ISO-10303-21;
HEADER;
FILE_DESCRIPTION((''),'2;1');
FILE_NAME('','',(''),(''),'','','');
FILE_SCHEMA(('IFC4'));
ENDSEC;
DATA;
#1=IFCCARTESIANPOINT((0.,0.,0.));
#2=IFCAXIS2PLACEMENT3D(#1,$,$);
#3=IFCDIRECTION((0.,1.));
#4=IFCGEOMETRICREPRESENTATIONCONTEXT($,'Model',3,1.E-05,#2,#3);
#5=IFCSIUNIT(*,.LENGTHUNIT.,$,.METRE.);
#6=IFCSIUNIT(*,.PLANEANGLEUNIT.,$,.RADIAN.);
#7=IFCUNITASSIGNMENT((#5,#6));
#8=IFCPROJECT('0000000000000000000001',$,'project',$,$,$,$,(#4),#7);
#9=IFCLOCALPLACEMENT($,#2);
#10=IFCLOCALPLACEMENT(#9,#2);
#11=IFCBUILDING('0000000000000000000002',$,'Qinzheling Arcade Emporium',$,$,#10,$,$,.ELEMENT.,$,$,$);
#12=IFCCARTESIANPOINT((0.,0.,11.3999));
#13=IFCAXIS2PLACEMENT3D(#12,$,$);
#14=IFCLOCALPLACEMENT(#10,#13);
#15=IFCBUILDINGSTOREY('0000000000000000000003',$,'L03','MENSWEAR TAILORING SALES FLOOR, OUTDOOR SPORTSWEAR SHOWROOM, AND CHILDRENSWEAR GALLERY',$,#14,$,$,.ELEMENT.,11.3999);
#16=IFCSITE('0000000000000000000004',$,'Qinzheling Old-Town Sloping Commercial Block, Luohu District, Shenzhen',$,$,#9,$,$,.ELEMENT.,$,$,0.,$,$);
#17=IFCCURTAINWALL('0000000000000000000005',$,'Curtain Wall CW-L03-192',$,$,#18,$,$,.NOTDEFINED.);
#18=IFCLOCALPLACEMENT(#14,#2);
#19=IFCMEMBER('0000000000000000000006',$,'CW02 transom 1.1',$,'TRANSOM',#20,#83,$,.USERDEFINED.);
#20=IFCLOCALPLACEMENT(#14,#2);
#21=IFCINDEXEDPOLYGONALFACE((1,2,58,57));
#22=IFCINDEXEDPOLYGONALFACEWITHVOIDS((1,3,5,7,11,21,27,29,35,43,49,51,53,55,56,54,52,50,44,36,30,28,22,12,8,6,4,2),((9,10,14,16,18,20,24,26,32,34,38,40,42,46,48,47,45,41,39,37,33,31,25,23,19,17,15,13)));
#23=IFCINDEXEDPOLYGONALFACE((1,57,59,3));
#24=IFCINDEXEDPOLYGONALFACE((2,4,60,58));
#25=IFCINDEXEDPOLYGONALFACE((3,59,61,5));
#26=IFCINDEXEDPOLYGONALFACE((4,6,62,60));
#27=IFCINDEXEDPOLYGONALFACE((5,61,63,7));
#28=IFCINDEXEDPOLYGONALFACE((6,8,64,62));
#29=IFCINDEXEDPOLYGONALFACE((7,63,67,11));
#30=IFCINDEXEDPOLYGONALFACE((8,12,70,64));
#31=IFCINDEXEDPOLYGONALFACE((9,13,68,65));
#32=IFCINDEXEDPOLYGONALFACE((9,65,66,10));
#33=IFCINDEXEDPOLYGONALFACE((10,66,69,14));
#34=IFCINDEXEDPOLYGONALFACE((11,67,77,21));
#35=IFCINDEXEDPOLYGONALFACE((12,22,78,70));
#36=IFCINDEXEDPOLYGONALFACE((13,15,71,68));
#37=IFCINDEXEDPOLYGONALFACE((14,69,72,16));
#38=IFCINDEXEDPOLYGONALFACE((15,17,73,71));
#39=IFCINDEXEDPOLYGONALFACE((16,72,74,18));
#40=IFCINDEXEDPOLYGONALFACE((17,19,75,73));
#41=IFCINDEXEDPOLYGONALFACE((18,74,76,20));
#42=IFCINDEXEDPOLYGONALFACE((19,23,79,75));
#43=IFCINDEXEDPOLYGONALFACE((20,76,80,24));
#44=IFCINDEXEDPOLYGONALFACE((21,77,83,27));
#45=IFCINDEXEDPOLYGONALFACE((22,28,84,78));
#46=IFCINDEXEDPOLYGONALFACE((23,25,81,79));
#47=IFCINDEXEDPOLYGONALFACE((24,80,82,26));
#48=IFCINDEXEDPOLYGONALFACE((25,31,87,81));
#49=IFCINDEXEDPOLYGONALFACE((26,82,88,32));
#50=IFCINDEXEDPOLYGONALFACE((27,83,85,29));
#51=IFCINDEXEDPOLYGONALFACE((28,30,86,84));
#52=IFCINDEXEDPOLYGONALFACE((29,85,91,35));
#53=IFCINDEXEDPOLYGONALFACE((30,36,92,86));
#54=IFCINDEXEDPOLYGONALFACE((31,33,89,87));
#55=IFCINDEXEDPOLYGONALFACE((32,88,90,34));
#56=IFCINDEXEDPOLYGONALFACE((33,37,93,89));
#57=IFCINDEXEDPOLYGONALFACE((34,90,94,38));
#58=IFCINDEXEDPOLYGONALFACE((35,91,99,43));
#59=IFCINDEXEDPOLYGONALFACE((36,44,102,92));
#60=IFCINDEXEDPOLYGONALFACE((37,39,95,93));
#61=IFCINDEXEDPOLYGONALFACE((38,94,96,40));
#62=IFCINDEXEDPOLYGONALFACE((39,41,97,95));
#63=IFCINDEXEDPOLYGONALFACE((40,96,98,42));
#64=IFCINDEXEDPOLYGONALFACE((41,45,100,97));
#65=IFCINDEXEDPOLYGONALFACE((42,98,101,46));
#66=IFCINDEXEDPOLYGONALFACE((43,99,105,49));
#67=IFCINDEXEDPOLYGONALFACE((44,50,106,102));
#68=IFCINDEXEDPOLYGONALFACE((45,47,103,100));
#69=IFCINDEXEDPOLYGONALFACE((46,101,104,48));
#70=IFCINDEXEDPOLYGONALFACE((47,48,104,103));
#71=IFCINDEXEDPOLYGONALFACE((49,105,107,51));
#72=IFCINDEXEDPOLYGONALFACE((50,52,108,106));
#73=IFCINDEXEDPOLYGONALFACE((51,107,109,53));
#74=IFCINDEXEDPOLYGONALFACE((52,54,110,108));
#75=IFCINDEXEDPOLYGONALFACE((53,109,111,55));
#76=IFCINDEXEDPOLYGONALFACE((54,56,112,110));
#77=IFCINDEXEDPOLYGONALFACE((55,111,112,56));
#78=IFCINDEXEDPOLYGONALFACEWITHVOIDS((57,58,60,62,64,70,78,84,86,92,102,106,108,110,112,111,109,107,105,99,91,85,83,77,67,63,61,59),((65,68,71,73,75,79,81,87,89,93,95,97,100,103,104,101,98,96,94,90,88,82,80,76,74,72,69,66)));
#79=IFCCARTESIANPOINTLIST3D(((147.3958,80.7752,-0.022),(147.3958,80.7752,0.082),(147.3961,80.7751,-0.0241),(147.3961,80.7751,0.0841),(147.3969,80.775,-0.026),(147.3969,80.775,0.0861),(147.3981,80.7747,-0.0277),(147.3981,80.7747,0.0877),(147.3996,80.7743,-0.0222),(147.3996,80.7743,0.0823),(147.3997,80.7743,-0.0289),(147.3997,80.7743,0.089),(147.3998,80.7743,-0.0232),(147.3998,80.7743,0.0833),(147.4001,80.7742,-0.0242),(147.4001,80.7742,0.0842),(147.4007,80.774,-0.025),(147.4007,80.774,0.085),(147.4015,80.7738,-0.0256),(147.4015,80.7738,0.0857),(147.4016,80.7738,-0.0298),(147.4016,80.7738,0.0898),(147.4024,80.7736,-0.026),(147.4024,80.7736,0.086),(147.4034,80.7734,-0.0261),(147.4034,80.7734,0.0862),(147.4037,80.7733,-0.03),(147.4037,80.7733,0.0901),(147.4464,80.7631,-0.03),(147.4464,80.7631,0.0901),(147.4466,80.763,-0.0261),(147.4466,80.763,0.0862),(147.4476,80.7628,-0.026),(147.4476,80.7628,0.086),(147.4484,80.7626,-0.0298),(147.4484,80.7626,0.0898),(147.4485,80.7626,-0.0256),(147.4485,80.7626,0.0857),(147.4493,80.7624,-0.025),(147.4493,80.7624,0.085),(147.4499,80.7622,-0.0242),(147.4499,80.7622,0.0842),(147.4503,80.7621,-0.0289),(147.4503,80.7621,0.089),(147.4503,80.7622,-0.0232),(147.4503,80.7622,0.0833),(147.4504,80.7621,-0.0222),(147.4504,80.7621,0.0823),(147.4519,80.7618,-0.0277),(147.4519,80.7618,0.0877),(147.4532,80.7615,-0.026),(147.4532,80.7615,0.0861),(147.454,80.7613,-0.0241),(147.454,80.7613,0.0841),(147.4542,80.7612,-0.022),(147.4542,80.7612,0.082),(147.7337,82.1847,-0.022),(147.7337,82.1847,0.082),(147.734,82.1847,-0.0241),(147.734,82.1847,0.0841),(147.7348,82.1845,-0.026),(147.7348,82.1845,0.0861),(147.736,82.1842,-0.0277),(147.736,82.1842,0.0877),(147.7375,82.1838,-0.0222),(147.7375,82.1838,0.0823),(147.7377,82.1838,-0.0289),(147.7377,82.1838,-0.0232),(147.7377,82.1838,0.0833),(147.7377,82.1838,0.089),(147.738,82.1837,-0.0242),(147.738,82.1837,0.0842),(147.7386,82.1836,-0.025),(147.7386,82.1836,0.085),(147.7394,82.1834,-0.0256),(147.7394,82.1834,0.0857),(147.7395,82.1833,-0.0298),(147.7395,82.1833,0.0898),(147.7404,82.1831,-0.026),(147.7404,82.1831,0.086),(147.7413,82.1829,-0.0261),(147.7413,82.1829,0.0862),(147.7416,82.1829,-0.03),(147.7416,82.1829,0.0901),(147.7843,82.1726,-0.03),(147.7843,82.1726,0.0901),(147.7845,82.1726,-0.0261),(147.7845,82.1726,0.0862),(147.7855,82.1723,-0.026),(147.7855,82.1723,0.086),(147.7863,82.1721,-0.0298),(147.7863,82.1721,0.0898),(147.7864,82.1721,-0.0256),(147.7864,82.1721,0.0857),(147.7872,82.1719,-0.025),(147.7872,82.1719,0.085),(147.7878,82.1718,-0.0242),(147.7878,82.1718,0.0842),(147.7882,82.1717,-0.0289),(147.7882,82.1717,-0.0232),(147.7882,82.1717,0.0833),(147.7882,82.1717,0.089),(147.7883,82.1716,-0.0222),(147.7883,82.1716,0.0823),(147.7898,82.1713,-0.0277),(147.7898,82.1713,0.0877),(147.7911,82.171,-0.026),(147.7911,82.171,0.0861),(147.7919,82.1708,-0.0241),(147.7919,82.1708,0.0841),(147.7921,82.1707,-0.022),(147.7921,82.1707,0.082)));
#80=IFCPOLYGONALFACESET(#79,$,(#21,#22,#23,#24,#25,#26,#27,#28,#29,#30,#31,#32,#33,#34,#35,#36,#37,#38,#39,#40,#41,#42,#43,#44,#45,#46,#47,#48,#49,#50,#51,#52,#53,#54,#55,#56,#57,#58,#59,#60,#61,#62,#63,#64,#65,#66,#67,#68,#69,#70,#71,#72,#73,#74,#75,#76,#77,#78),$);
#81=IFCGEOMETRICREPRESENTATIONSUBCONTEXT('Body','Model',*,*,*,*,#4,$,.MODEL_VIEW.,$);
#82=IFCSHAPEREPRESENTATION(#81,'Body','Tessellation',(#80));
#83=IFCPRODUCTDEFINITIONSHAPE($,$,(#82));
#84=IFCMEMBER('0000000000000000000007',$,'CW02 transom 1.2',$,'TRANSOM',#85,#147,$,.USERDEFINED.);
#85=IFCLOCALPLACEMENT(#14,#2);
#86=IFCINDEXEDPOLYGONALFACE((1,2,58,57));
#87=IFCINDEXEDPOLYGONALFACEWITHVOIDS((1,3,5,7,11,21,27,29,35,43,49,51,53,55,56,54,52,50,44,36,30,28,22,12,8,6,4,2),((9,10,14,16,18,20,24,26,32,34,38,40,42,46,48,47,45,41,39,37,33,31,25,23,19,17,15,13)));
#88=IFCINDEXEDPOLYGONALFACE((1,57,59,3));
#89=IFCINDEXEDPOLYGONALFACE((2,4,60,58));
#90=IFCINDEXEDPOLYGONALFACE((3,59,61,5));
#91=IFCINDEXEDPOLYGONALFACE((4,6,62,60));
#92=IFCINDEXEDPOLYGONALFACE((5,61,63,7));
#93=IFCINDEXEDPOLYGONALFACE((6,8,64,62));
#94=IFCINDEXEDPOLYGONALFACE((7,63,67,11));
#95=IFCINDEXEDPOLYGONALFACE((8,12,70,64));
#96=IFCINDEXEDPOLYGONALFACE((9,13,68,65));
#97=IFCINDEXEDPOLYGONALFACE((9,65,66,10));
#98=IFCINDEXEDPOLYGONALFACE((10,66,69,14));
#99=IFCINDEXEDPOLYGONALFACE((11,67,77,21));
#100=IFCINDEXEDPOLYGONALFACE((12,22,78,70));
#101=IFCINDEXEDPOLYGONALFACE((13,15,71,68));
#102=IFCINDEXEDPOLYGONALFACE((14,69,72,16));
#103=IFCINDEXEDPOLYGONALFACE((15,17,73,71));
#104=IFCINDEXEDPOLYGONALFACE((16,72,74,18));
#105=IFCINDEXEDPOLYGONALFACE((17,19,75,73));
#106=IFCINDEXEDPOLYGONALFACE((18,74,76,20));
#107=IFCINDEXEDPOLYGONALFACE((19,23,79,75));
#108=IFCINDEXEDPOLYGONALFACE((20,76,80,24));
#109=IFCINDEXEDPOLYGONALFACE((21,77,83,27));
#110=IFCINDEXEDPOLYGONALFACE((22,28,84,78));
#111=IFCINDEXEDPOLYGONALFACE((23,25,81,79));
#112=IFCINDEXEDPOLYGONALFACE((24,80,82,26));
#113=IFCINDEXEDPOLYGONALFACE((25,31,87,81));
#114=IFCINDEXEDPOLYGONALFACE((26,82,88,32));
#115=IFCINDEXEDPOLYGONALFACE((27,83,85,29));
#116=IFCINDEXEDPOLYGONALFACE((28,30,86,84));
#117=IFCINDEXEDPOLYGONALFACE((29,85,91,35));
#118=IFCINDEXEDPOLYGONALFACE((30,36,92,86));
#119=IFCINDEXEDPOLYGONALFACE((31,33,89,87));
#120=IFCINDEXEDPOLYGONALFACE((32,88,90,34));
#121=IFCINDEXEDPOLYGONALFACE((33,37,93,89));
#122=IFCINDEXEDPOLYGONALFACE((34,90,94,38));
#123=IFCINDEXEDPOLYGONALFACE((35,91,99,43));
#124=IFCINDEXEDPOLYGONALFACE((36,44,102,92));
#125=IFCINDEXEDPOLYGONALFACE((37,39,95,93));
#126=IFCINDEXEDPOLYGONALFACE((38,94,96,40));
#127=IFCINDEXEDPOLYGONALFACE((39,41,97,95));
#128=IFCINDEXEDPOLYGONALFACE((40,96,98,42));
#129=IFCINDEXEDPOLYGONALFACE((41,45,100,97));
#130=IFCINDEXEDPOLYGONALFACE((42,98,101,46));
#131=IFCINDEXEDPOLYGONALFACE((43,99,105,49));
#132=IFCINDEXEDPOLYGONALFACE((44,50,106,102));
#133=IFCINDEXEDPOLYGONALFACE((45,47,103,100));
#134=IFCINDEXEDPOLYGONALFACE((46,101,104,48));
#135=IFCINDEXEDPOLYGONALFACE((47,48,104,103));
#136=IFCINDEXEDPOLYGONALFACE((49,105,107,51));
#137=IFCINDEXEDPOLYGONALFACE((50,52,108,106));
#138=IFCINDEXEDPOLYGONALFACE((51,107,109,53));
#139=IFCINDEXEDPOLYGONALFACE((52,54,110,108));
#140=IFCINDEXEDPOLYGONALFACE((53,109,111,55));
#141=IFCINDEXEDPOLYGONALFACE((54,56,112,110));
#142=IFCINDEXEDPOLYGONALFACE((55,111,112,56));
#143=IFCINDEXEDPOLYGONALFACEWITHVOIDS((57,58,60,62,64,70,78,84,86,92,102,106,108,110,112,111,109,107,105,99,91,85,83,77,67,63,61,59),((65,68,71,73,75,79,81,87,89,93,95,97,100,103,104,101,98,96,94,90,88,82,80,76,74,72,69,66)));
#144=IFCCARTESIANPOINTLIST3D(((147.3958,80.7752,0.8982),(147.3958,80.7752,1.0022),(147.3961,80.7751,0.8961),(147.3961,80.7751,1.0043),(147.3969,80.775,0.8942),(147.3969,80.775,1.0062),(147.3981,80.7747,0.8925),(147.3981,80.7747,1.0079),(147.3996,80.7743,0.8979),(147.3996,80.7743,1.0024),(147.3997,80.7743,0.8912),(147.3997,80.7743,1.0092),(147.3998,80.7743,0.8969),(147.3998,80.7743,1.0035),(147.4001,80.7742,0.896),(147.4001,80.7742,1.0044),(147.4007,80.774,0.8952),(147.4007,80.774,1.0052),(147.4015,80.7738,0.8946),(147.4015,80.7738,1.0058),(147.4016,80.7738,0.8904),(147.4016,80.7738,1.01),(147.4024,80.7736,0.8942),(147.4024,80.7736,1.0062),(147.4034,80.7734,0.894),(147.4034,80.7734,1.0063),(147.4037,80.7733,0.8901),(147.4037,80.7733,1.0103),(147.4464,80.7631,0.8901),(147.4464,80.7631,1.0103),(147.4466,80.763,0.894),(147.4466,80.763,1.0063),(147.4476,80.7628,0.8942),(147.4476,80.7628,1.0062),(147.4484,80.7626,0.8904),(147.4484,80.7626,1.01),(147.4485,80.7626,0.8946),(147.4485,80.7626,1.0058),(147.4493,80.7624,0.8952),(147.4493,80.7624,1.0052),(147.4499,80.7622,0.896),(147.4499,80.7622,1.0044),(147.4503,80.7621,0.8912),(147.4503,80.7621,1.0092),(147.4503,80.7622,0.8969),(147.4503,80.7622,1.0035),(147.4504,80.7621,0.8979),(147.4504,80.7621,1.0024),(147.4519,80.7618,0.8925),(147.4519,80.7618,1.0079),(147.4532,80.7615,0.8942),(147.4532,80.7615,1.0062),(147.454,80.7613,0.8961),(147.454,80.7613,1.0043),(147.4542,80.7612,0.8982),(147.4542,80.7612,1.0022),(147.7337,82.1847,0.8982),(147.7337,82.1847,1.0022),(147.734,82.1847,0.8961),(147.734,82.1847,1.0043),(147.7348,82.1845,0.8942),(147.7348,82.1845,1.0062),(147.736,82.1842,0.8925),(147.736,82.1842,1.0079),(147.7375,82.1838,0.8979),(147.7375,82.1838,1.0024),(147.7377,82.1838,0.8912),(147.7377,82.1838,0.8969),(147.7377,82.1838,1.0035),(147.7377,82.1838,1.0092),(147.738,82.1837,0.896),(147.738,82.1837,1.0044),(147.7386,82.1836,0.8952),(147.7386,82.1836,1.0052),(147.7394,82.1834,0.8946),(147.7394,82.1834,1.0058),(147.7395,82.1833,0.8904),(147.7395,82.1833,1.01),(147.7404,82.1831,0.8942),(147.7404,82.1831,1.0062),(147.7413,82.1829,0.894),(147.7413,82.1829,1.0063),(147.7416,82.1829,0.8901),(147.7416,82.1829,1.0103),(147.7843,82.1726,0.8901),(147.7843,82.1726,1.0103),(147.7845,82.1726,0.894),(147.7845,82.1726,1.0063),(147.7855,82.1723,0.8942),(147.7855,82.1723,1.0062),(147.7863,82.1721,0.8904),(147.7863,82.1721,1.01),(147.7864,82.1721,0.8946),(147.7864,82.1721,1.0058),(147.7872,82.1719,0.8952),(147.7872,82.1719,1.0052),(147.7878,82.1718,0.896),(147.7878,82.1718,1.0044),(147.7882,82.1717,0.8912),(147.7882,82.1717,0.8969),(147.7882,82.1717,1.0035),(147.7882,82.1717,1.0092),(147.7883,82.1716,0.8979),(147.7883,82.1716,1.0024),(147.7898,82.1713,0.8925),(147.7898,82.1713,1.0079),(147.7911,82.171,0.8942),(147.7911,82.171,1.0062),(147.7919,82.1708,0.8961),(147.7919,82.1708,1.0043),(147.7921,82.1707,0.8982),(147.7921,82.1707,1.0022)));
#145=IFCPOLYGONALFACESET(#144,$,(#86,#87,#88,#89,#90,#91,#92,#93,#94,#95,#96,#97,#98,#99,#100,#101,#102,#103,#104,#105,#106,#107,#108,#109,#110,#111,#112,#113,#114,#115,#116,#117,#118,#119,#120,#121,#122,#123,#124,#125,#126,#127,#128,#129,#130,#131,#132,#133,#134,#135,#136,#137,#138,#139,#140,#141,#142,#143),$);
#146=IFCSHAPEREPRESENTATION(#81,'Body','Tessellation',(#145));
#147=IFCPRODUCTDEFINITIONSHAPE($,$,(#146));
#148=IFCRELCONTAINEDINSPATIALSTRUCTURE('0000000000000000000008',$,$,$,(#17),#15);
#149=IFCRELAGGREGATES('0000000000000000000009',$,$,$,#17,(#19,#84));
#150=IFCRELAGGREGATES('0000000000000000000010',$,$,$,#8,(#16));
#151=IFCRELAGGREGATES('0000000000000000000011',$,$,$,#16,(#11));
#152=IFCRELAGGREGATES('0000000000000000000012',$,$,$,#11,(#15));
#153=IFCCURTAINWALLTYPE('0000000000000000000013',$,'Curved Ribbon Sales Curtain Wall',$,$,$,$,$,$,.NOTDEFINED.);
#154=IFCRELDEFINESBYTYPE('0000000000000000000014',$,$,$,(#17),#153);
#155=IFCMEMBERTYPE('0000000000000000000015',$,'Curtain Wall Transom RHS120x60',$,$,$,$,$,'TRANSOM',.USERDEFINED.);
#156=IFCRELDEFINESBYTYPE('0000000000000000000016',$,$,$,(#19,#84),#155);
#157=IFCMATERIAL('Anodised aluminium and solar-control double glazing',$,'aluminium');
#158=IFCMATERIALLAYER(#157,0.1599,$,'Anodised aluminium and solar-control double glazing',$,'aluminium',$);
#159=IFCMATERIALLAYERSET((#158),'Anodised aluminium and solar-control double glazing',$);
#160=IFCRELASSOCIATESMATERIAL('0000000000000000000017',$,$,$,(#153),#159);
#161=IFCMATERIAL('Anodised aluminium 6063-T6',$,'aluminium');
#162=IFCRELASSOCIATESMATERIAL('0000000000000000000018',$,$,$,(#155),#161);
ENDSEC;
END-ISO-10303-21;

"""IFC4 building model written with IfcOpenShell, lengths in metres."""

from ifc_helpers import new_model, si_unit, direction, frame, origin, origin_2d, place, context, subcontext, project, spatial, hollow_rectangle, extrude, material, layer, layer_set, material_profile, profile_set, type_object, element, aggregate, save


model = new_model("IFC4")

# Units and contexts
model_context = context("Model", 3, precision=1e-05, world=origin(), true_north=direction((0.0, 1.0)))
body_context = subcontext(model_context, "Body", "Model", "MODEL_VIEW")
ifc_project = project(units=[si_unit("LENGTHUNIT", "METRE"), si_unit("PLANEANGLEUNIT", "RADIAN")], contexts=[model_context])

# Site, building, storey
site_placement = place(None, origin())
site = spatial("IfcSite", under=ifc_project, at=site_placement, Name="Qinzheling Old-Town Sloping Commercial Block, Luohu District, Shenzhen", CompositionType="ELEMENT", RefElevation=0.0)
building_placement = place(site_placement, origin())
building = spatial("IfcBuilding", under=site, at=building_placement, Name="Qinzheling Arcade Emporium", CompositionType="ELEMENT")
storey_placement = place(building_placement, frame((0.0, 0.0, 11.3999)))
storey = spatial("IfcBuildingStorey", under=building, at=storey_placement, Name="L03", Description="MENSWEAR TAILORING SALES FLOOR, OUTDOOR SPORTSWEAR SHOWROOM, AND CHILDRENSWEAR GALLERY", CompositionType="ELEMENT", Elevation=11.3999)

# Shared definitions
ifc_material_1 = material(Name="Anodised aluminium and solar-control double glazing", Category="aluminium")
ifc_layer_1 = layer(ifc_material_1, 0.1599, Name="Anodised aluminium and solar-control double glazing", Category="aluminium")
ifc_layer_set_1 = layer_set([ifc_layer_1], Name="Anodised aluminium and solar-control double glazing")
curtain_wall_type = type_object("IfcCurtainWallType", Name="Curved Ribbon Sales Curtain Wall", PredefinedType="NOTDEFINED", material=ifc_layer_set_1)
ifc_material_2 = material(Name="Anodised aluminium 6063-T6", Category="aluminium")

# Curtain wall
curtain_wall_1_placement = place(storey_placement, origin())
curtain_wall_1 = element("IfcCurtainWall", 1, at=curtain_wall_1_placement, inside=storey, type_object=curtain_wall_type, Name="Curtain Wall CW-L03-192", PredefinedType="NOTDEFINED")

# Members
ifc_material_profile_1 = material_profile(ifc_material_2, hollow_rectangle(XDim=0.0601, YDim=0.1201, WallThickness=0.0039, InnerFilletRadius=0.0039, OuterFilletRadius=0.0081, at=origin_2d()), Name="RHS 120x60x4", Category="aluminium")
ifc_profile_set_1 = profile_set([ifc_material_profile_1], Name="Anodised aluminium 6063-T6")
member_type_1 = type_object("IfcMemberType", Name="Curtain Wall Transom RHS120x60", ElementType="TRANSOM", PredefinedType="USERDEFINED", material=ifc_profile_set_1)
member_1_placement = place(storey_placement, frame((147.7629, 82.1777, 0.03), z_axis=(-0.233131, -0.972445, 0.0), x_axis=(0.972445, -0.233131, 0.0)))
member_1 = element("IfcMember", 2, at=member_1_placement, type_object=member_type_1, Name="CW02 transom 1.1", ObjectType="TRANSOM", PredefinedType="USERDEFINED", context=body_context, shape_type="SweptSolid", body=[
    extrude(hollow_rectangle(XDim=0.0601, YDim=0.1201, WallThickness=0.0039, InnerFilletRadius=0.0039, OuterFilletRadius=0.0081, at=origin_2d()), origin(), (0.0, 0.0, 1.0), 1.4495),
])
member_2_placement = place(storey_placement, frame((147.7629, 82.1777, 0.9502), z_axis=(-0.233131, -0.972445, 0.0), x_axis=(0.972445, -0.233131, 0.0)))
member_2 = element("IfcMember", 3, at=member_2_placement, type_object=member_type_1, Name="CW02 transom 1.2", ObjectType="TRANSOM", PredefinedType="USERDEFINED", context=body_context, shape_type="SweptSolid", body=[
    extrude(hollow_rectangle(XDim=0.0601, YDim=0.1201, WallThickness=0.0039, InnerFilletRadius=0.0039, OuterFilletRadius=0.0081, at=origin_2d()), origin(), (0.0, 0.0, 1.0), 1.4495),
])

aggregate(curtain_wall_1, [member_1, member_2])

save(model, "model.ifc")
